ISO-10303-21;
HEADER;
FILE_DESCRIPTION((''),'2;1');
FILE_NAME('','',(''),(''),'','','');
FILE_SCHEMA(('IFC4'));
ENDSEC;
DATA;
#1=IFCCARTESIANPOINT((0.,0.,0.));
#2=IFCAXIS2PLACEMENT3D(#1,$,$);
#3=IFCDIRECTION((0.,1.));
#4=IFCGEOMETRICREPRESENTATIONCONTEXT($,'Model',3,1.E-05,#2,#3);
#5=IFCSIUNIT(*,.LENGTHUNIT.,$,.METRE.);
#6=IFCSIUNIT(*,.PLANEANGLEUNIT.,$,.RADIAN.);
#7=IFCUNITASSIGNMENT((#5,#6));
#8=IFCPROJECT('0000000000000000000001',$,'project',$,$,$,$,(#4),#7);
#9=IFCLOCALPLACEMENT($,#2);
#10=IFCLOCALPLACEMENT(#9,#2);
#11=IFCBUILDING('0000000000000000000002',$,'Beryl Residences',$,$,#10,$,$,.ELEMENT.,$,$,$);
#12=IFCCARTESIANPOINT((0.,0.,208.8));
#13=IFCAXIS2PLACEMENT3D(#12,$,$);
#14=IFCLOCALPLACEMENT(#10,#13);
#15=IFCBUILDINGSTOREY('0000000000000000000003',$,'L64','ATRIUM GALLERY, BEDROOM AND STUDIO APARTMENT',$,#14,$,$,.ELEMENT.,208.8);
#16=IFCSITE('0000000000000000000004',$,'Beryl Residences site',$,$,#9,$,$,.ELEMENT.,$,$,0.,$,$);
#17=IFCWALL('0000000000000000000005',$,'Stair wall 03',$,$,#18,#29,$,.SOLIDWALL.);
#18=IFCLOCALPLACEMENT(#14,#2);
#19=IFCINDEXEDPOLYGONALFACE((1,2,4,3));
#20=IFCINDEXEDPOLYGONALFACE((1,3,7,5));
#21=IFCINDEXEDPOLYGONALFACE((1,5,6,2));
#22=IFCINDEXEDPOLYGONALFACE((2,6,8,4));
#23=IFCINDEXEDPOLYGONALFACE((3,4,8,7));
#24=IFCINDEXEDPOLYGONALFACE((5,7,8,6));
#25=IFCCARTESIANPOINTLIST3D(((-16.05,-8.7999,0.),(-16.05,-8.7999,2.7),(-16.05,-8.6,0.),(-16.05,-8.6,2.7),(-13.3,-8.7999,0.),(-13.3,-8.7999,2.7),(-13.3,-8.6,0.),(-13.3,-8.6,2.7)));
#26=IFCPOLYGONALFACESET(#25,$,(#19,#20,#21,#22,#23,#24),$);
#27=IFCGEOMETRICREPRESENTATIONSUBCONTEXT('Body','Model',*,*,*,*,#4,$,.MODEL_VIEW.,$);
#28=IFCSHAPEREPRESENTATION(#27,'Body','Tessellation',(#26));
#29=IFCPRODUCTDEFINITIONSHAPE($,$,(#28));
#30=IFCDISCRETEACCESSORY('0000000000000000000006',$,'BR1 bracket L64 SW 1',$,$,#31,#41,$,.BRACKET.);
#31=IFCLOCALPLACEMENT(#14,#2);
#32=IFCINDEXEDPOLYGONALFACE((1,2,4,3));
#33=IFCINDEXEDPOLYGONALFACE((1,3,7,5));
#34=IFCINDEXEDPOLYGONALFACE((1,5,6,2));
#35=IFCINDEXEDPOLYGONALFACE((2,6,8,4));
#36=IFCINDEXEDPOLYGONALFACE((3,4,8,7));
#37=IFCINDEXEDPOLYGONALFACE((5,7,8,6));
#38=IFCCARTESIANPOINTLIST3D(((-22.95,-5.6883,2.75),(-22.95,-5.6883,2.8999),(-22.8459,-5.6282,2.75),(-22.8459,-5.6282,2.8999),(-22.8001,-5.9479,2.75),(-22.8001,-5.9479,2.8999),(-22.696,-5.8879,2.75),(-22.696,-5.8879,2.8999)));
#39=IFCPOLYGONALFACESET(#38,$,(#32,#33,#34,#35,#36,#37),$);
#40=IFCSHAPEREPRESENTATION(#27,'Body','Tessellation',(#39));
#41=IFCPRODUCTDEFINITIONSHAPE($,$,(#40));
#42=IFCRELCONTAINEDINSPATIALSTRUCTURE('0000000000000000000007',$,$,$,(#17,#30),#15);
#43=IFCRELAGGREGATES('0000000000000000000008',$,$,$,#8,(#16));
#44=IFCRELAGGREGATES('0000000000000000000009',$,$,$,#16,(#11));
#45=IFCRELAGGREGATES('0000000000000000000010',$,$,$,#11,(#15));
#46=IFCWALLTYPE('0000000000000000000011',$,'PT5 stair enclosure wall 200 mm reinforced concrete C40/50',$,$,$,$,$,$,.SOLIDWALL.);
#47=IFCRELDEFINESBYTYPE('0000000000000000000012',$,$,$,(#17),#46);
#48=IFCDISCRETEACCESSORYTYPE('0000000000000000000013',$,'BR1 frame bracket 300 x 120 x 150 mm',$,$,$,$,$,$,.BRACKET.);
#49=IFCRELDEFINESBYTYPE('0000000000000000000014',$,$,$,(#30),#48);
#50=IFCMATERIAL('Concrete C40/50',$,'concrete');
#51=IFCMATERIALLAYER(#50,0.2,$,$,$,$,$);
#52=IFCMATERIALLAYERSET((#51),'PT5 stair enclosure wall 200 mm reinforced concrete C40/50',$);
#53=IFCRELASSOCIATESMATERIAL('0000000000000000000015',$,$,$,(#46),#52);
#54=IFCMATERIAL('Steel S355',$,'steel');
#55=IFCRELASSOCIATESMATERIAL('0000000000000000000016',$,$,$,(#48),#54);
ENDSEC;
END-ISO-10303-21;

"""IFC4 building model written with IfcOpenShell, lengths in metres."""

from ifc_helpers import new_model, si_unit, direction, frame, frame_2d, origin, place, context, subcontext, project, spatial, polyline, rectangle, outline, extrude, source, transform, mapped, material, layer, layer_set, type_object, type_shapes, element, save


model = new_model("IFC4")

# Units and contexts
model_context = context("Model", 3, precision=1e-05, world=origin(), true_north=direction((0.0, 1.0)))
body_context = subcontext(model_context, "Body", "Model", "MODEL_VIEW")
ifc_project = project(units=[si_unit("LENGTHUNIT", "METRE"), si_unit("PLANEANGLEUNIT", "RADIAN")], contexts=[model_context])

# Site, building, storey
site_placement = place(None, origin())
site = spatial("IfcSite", under=ifc_project, at=site_placement, Name="Beryl Residences site", CompositionType="ELEMENT", RefElevation=0.0)
building_placement = place(site_placement, origin())
building = spatial("IfcBuilding", under=site, at=building_placement, Name="Beryl Residences", CompositionType="ELEMENT")
storey_placement = place(building_placement, frame((0.0, 0.0, 208.8)))
storey = spatial("IfcBuildingStorey", under=building, at=storey_placement, Name="L64", Description="ATRIUM GALLERY, BEDROOM AND STUDIO APARTMENT", CompositionType="ELEMENT", Elevation=208.8)

# Wall
ifc_material_1 = material(Name="Concrete C40/50", Category="concrete")
ifc_layer_1 = layer(ifc_material_1, 0.2)
ifc_layer_set_1 = layer_set([ifc_layer_1], Name="PT5 stair enclosure wall 200 mm reinforced concrete C40/50")
wall_type_1 = type_object("IfcWallType", Name="PT5 stair enclosure wall 200 mm reinforced concrete C40/50", PredefinedType="SOLIDWALL", material=ifc_layer_set_1)
wall_1_placement = place(storey_placement, frame((-16.05, -8.7, 0.0), z_axis=(0.0, 0.0, 1.0), x_axis=(1.0, 0.0, 0.0)))
element("IfcWall", 1, at=wall_1_placement, inside=storey, type_object=wall_type_1, Name="Stair wall 03", PredefinedType="SOLIDWALL", context=body_context, shape_type="SweptSolid", body=[
    extrude(rectangle(XDim=2.75, YDim=0.2, at=frame_2d((1.375, 0.0))), origin(), (0.0, 0.0, 1.0), 2.7),
])

# Discrete accessory
ifc_material_2 = material(Name="Steel S355", Category="steel")
discrete_accessory_type = type_object("IfcDiscreteAccessoryType", Name="BR1 frame bracket 300 x 120 x 150 mm", PredefinedType="BRACKET", material=ifc_material_2)
shared_shape_1 = source(origin(), body_context, "Body", "SweptSolid", [
    extrude(outline(polyline([(-0.1499, 0.0), (0.1499, 0.0), (0.1499, 0.1201), (-0.1499, 0.1201), (-0.1499, 0.0)])), origin(), (0.0, 0.0, 1.0), 0.1499),
])
type_shapes(discrete_accessory_type, [shared_shape_1])
discrete_accessory_placement = place(storey_placement, frame((-22.771, -5.7581, 2.75), z_axis=(0.0, 0.0, 1.0), x_axis=(-0.5, 0.866025, 0.0)))
element("IfcDiscreteAccessory", 2, at=discrete_accessory_placement, inside=storey, type_object=discrete_accessory_type, Name="BR1 bracket L64 SW 1", PredefinedType="BRACKET", context=body_context, shape_type="MappedRepresentation", body=[
    mapped(shared_shape_1, transform((0.0, 0.0, 0.0))),
])

save(model, "model.ifc")
